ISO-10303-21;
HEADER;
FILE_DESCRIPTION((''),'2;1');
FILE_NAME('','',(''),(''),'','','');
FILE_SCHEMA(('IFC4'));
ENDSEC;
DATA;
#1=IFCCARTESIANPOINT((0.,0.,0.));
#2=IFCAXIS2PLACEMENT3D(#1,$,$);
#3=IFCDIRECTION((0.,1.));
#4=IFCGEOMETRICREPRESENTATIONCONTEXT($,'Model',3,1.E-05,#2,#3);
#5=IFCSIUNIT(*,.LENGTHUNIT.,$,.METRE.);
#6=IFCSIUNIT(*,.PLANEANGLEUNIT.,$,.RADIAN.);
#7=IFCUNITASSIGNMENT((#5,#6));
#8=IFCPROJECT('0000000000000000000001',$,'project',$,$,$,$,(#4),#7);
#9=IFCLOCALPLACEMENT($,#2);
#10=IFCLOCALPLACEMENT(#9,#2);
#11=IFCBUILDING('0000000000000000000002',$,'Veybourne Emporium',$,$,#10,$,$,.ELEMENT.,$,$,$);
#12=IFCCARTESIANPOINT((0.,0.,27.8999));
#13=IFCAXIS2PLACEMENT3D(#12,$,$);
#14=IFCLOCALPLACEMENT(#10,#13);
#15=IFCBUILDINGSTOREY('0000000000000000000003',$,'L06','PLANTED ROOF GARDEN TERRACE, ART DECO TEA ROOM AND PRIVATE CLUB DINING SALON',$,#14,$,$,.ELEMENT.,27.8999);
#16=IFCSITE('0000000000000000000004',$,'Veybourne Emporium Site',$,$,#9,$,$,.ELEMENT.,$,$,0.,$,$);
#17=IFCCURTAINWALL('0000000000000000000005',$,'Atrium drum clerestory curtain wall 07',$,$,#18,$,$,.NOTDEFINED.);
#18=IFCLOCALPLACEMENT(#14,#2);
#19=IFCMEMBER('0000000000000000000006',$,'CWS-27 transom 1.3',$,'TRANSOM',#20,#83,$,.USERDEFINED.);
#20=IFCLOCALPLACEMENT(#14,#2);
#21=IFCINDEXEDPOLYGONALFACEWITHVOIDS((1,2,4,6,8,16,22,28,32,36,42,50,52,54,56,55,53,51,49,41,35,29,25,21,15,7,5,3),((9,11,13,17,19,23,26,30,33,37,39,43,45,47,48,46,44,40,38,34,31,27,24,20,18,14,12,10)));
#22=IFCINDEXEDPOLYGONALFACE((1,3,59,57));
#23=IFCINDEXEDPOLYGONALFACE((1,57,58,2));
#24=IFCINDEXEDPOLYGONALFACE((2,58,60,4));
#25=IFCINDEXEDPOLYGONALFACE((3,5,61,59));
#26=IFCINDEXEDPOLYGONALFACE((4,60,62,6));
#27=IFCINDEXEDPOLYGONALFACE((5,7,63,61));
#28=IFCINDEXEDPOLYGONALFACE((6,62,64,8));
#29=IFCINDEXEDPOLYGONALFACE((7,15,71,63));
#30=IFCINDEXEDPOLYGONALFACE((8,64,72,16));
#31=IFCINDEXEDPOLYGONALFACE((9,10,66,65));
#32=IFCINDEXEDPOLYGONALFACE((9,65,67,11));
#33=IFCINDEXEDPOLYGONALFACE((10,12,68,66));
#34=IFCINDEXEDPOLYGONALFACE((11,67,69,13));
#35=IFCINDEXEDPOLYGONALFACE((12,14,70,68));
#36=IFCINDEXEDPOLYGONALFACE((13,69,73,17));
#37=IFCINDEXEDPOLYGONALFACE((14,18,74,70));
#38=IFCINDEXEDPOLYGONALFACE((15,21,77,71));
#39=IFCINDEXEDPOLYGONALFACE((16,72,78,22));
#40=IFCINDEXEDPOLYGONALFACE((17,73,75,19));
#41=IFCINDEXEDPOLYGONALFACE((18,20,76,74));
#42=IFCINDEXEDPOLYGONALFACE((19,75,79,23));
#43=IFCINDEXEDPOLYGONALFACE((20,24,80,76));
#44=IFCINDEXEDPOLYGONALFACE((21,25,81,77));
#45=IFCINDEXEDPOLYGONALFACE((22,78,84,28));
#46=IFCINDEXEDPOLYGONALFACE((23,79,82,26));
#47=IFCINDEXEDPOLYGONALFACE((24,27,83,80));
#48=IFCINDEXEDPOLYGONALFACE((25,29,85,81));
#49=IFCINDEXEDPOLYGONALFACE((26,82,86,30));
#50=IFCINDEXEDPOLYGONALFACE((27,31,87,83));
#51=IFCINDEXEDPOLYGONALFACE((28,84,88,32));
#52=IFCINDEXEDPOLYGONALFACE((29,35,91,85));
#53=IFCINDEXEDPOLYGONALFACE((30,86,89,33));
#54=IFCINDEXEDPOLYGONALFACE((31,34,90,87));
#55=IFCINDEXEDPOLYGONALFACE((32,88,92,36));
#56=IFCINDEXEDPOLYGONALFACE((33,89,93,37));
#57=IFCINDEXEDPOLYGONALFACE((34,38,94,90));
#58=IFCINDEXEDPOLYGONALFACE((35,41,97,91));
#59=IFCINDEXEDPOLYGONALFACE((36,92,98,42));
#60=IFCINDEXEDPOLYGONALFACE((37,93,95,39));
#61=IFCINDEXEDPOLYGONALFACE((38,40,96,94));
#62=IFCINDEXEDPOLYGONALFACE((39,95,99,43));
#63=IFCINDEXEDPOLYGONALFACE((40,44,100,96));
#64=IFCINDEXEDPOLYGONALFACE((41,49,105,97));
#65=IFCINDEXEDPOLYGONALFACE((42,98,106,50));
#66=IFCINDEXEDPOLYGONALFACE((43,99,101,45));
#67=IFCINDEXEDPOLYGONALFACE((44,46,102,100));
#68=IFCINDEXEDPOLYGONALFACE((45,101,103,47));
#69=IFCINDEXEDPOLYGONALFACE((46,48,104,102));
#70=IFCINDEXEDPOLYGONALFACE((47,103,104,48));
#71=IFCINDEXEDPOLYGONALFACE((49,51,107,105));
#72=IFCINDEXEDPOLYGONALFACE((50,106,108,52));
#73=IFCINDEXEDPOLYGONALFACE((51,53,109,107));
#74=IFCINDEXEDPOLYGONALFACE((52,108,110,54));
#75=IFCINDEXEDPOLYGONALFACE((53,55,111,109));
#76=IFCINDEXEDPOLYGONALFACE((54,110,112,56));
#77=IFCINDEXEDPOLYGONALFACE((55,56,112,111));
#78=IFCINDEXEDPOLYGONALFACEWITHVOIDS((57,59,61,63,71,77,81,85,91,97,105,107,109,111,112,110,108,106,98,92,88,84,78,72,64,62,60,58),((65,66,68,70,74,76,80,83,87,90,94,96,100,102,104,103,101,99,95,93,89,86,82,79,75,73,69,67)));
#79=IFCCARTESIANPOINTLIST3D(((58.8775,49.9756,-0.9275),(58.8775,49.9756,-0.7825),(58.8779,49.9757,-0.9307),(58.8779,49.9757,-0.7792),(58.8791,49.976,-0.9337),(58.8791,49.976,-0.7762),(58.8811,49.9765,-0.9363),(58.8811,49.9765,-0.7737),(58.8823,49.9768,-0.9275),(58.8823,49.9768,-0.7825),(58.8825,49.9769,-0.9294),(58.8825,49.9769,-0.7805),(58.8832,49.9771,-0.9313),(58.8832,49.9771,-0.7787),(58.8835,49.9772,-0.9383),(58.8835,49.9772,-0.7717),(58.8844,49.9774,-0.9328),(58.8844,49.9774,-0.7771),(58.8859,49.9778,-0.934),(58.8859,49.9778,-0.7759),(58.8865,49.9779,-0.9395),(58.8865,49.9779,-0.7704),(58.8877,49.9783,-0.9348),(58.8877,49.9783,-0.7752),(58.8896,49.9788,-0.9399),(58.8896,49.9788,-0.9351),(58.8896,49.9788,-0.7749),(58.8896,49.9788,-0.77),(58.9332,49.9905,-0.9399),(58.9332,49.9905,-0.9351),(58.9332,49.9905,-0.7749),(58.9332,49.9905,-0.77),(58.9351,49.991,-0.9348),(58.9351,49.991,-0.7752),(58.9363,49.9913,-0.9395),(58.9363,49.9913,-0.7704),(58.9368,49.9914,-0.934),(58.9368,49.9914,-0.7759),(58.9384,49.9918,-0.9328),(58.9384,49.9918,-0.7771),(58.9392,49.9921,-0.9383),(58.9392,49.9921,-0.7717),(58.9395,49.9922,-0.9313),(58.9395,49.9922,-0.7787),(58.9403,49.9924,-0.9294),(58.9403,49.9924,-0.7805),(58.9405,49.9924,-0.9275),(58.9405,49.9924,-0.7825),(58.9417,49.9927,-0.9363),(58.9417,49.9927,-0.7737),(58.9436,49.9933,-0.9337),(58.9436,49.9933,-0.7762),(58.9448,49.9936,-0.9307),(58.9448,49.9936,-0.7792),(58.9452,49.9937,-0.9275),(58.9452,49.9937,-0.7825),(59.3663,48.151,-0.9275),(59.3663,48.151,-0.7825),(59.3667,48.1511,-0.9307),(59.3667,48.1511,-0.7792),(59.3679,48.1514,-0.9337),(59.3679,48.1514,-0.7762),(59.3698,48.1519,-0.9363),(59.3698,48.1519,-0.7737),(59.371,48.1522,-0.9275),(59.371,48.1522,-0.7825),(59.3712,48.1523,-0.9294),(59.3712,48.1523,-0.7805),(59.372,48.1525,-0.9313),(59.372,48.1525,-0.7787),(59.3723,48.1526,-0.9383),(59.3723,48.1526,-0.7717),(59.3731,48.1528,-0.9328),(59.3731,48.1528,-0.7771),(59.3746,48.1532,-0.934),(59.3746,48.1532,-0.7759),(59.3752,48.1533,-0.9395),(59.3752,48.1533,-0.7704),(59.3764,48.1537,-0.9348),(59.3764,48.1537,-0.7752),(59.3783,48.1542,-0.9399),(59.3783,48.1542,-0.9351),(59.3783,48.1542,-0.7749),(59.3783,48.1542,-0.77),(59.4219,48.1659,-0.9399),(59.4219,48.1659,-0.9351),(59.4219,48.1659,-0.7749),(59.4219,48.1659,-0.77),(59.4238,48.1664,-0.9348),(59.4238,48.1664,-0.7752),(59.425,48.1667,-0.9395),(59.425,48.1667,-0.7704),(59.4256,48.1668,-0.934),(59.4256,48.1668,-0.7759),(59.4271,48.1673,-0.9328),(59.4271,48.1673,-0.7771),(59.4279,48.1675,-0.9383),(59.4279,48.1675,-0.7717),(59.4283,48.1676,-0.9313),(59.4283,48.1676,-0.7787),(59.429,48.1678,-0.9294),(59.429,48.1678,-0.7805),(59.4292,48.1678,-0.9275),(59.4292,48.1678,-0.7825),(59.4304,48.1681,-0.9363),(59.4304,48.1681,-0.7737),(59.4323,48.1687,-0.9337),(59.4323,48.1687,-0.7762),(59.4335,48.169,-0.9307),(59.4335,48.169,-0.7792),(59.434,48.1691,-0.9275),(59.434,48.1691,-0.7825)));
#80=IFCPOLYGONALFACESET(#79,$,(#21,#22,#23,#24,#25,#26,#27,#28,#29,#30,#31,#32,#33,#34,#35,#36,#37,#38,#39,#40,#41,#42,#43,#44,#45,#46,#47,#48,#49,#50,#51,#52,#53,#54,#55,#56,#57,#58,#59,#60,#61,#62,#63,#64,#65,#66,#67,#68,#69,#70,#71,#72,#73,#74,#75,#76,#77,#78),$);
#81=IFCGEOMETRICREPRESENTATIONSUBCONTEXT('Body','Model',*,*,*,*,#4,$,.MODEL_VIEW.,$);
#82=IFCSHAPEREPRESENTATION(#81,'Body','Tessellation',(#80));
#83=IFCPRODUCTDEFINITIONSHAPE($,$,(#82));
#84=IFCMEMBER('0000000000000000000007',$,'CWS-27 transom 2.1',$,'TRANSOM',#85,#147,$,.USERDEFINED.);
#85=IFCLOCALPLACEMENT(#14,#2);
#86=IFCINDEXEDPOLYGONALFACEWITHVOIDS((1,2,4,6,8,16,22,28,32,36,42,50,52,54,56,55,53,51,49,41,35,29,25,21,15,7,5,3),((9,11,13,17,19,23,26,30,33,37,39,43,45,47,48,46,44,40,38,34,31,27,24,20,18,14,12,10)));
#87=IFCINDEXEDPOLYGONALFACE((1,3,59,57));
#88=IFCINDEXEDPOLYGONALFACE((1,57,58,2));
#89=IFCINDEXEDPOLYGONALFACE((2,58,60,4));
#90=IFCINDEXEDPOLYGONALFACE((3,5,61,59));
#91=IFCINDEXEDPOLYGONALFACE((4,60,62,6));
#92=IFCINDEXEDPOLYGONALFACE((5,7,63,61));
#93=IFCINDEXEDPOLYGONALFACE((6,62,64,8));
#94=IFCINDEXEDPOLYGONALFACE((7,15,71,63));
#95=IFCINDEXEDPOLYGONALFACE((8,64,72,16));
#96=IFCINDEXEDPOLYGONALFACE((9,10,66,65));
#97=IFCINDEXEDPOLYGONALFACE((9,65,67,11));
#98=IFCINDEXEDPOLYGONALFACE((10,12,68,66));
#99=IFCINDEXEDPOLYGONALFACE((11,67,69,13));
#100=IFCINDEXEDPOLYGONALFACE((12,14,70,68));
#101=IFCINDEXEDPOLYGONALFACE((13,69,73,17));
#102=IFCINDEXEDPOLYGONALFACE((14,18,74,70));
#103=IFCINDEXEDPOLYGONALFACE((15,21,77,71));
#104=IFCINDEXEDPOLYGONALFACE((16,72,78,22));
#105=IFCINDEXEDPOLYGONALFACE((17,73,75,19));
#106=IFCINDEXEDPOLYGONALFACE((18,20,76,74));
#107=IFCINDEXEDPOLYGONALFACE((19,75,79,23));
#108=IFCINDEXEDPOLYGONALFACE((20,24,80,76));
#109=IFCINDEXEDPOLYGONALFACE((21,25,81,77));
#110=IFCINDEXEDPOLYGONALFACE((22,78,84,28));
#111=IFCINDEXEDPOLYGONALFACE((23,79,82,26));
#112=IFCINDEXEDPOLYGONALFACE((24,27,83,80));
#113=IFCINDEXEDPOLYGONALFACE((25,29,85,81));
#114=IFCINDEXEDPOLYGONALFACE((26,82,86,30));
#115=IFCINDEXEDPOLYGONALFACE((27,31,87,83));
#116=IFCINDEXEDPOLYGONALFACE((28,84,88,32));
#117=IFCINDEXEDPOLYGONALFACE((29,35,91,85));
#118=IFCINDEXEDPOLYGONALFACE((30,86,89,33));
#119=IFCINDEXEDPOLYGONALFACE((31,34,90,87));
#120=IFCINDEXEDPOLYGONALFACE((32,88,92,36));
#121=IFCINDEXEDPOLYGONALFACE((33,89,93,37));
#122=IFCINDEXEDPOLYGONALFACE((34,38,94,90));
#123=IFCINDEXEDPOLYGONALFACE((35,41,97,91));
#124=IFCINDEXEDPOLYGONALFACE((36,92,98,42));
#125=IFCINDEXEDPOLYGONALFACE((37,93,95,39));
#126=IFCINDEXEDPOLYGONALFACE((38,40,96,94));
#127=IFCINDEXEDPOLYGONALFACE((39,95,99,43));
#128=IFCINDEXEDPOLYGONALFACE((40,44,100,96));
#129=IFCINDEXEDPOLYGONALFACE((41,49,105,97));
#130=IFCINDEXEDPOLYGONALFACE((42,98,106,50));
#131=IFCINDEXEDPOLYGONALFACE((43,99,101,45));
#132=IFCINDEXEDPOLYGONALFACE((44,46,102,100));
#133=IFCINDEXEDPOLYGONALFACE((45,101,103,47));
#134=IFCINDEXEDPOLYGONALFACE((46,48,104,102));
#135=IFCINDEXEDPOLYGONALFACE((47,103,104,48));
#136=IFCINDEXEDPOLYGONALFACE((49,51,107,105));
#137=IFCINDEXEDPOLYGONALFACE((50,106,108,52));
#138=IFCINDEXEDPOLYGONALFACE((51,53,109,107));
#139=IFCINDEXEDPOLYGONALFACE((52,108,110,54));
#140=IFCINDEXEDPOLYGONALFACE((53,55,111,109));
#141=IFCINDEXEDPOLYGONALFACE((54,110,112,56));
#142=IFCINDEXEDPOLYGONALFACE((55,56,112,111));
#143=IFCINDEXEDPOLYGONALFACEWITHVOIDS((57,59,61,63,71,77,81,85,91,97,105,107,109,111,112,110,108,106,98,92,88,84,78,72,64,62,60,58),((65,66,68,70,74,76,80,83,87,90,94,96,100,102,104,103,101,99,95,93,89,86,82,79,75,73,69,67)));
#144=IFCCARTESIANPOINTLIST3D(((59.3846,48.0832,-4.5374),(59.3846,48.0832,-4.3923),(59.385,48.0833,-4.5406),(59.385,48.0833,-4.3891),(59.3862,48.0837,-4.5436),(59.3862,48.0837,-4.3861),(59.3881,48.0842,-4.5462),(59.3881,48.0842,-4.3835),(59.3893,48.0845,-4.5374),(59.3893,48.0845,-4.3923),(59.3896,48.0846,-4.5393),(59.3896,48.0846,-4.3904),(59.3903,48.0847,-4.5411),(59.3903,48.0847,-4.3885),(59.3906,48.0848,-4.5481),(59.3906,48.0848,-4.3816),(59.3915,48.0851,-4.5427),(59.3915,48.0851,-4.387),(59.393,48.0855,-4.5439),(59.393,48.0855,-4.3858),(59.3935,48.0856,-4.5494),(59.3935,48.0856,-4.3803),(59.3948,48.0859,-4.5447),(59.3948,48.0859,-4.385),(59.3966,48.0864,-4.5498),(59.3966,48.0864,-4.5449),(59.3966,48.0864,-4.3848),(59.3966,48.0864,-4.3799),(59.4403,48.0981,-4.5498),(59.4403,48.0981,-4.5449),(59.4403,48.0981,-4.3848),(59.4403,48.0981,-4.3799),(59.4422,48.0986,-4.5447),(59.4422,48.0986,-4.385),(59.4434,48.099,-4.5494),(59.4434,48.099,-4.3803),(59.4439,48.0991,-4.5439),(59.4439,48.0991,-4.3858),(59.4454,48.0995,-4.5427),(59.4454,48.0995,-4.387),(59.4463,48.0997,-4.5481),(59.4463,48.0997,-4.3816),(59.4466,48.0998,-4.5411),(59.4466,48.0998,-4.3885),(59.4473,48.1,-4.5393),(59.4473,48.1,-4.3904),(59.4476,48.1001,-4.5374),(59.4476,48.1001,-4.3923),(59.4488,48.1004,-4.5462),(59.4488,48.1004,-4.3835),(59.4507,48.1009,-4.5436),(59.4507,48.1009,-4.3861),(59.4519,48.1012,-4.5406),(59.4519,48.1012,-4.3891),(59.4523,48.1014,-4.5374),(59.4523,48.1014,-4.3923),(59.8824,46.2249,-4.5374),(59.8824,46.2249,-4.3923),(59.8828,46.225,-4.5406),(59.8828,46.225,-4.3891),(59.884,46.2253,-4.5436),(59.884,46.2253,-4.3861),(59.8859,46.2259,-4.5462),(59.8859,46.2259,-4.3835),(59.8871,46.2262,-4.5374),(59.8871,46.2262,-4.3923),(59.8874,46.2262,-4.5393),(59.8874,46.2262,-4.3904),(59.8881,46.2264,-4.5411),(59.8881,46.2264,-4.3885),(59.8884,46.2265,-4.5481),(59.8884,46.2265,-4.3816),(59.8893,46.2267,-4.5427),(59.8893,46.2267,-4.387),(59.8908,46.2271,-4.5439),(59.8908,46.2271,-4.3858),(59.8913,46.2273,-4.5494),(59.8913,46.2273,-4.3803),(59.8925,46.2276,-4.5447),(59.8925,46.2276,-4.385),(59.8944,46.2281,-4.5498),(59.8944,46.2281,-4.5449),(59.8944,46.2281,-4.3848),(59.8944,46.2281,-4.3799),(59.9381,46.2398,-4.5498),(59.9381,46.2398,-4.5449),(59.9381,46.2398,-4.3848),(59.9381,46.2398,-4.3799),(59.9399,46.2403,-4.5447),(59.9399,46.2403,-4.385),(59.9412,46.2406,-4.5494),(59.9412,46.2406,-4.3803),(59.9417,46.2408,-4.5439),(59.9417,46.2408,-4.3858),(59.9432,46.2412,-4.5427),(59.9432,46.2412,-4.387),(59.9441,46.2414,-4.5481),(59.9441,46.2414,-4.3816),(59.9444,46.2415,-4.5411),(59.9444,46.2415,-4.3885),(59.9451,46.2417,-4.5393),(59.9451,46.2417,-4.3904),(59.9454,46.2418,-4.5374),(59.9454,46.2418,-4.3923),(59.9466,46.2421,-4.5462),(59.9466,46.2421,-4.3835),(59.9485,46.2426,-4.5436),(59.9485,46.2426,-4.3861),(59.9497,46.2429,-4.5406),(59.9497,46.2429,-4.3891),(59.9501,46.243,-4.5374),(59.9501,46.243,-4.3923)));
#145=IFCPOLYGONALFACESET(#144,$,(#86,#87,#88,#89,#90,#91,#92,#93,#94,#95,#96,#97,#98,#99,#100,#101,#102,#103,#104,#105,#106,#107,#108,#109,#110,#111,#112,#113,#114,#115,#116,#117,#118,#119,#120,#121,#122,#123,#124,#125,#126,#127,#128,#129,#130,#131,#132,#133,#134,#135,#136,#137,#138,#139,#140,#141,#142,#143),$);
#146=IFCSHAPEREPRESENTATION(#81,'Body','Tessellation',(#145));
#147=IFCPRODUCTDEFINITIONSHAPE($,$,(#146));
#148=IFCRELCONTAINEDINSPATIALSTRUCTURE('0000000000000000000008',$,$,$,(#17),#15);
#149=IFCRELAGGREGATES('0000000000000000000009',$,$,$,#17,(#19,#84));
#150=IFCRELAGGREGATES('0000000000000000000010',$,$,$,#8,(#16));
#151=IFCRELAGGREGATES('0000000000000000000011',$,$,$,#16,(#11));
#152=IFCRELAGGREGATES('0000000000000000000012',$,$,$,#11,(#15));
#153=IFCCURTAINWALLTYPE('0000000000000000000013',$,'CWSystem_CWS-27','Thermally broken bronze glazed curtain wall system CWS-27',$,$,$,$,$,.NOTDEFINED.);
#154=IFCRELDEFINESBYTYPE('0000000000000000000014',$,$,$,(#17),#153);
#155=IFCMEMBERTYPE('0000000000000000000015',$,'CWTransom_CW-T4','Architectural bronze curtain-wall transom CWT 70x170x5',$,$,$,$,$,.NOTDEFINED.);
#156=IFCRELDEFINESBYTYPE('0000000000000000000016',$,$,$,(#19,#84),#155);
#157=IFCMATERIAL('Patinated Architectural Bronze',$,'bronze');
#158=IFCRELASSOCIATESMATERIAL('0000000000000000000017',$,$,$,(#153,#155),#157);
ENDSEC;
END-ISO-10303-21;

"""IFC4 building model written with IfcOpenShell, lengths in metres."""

from ifc_helpers import new_model, si_unit, direction, frame, origin, origin_2d, place, context, subcontext, project, spatial, hollow_rectangle, extrude, material, material_profile, profile_set, type_object, element, aggregate, save


model = new_model("IFC4")

# Units and contexts
model_context = context("Model", 3, precision=1e-05, world=origin(), true_north=direction((0.0, 1.0)))
body_context = subcontext(model_context, "Body", "Model", "MODEL_VIEW")
ifc_project = project(units=[si_unit("LENGTHUNIT", "METRE"), si_unit("PLANEANGLEUNIT", "RADIAN")], contexts=[model_context])

# Site, building, storey
site_placement = place(None, origin())
site = spatial("IfcSite", under=ifc_project, at=site_placement, Name="Veybourne Emporium Site", CompositionType="ELEMENT", RefElevation=0.0)
building_placement = place(site_placement, origin())
building = spatial("IfcBuilding", under=site, at=building_placement, Name="Veybourne Emporium", CompositionType="ELEMENT")
storey_placement = place(building_placement, frame((0.0, 0.0, 27.8999)))
storey = spatial("IfcBuildingStorey", under=building, at=storey_placement, Name="L06", Description="PLANTED ROOF GARDEN TERRACE, ART DECO TEA ROOM AND PRIVATE CLUB DINING SALON", CompositionType="ELEMENT", Elevation=27.8999)

# Curtain wall
ifc_material_1 = material(Name="Patinated Architectural Bronze", Category="bronze")
curtain_wall_type_1 = type_object("IfcCurtainWallType", Name="CWSystem_CWS-27", Description="Thermally broken bronze glazed curtain wall system CWS-27", PredefinedType="NOTDEFINED", material=ifc_material_1)
curtain_wall_1_placement = place(storey_placement, origin())
curtain_wall_1 = element("IfcCurtainWall", 1, at=curtain_wall_1_placement, inside=storey, type_object=curtain_wall_type_1, Name="Atrium drum clerestory curtain wall 07", PredefinedType="NOTDEFINED")

# Members
ifc_material_profile_1 = material_profile(ifc_material_1, hollow_rectangle(XDim=0.0701, YDim=0.1699, WallThickness=0.0049, InnerFilletRadius=0.0076, OuterFilletRadius=0.0125, at=origin_2d()), Name="CWT 70x170x5")
ifc_profile_set_1 = profile_set([ifc_material_profile_1], Name="Patinated Architectural Bronze")
member_type_1 = type_object("IfcMemberType", Name="CWTransom_CW-T4", Description="Architectural bronze curtain-wall transom CWT 70x170x5", PredefinedType="NOTDEFINED", material=ifc_profile_set_1)
member_1_placement = place(storey_placement, frame((58.9114, 49.9846, -0.855), z_axis=(0.25874, -0.965947, 0.0), x_axis=(0.965947, 0.25874, 0.0)))
member_1 = element("IfcMember", 2, at=member_1_placement, type_object=member_type_1, Name="CWS-27 transom 1.3", ObjectType="TRANSOM", PredefinedType="USERDEFINED", context=body_context, shape_type="SweptSolid", body=[
    extrude(hollow_rectangle(XDim=0.0701, YDim=0.1699, WallThickness=0.0049, InnerFilletRadius=0.0076, OuterFilletRadius=0.0125, at=origin_2d()), origin(), (0.0, 0.0, 1.0), 1.8889),
])
member_2_placement = place(storey_placement, frame((59.4185, 48.0923, -4.4648), z_axis=(0.258745, -0.965946, 0.0), x_axis=(0.965946, 0.258745, 0.0)))
member_2 = element("IfcMember", 3, at=member_2_placement, type_object=member_type_1, Name="CWS-27 transom 2.1", ObjectType="TRANSOM", PredefinedType="USERDEFINED", context=body_context, shape_type="SweptSolid", body=[
    extrude(hollow_rectangle(XDim=0.0701, YDim=0.1699, WallThickness=0.0049, InnerFilletRadius=0.0076, OuterFilletRadius=0.0125, at=origin_2d()), origin(), (0.0, 0.0, 1.0), 1.9238),
])

aggregate(curtain_wall_1, [member_1, member_2])

save(model, "model.ifc")
